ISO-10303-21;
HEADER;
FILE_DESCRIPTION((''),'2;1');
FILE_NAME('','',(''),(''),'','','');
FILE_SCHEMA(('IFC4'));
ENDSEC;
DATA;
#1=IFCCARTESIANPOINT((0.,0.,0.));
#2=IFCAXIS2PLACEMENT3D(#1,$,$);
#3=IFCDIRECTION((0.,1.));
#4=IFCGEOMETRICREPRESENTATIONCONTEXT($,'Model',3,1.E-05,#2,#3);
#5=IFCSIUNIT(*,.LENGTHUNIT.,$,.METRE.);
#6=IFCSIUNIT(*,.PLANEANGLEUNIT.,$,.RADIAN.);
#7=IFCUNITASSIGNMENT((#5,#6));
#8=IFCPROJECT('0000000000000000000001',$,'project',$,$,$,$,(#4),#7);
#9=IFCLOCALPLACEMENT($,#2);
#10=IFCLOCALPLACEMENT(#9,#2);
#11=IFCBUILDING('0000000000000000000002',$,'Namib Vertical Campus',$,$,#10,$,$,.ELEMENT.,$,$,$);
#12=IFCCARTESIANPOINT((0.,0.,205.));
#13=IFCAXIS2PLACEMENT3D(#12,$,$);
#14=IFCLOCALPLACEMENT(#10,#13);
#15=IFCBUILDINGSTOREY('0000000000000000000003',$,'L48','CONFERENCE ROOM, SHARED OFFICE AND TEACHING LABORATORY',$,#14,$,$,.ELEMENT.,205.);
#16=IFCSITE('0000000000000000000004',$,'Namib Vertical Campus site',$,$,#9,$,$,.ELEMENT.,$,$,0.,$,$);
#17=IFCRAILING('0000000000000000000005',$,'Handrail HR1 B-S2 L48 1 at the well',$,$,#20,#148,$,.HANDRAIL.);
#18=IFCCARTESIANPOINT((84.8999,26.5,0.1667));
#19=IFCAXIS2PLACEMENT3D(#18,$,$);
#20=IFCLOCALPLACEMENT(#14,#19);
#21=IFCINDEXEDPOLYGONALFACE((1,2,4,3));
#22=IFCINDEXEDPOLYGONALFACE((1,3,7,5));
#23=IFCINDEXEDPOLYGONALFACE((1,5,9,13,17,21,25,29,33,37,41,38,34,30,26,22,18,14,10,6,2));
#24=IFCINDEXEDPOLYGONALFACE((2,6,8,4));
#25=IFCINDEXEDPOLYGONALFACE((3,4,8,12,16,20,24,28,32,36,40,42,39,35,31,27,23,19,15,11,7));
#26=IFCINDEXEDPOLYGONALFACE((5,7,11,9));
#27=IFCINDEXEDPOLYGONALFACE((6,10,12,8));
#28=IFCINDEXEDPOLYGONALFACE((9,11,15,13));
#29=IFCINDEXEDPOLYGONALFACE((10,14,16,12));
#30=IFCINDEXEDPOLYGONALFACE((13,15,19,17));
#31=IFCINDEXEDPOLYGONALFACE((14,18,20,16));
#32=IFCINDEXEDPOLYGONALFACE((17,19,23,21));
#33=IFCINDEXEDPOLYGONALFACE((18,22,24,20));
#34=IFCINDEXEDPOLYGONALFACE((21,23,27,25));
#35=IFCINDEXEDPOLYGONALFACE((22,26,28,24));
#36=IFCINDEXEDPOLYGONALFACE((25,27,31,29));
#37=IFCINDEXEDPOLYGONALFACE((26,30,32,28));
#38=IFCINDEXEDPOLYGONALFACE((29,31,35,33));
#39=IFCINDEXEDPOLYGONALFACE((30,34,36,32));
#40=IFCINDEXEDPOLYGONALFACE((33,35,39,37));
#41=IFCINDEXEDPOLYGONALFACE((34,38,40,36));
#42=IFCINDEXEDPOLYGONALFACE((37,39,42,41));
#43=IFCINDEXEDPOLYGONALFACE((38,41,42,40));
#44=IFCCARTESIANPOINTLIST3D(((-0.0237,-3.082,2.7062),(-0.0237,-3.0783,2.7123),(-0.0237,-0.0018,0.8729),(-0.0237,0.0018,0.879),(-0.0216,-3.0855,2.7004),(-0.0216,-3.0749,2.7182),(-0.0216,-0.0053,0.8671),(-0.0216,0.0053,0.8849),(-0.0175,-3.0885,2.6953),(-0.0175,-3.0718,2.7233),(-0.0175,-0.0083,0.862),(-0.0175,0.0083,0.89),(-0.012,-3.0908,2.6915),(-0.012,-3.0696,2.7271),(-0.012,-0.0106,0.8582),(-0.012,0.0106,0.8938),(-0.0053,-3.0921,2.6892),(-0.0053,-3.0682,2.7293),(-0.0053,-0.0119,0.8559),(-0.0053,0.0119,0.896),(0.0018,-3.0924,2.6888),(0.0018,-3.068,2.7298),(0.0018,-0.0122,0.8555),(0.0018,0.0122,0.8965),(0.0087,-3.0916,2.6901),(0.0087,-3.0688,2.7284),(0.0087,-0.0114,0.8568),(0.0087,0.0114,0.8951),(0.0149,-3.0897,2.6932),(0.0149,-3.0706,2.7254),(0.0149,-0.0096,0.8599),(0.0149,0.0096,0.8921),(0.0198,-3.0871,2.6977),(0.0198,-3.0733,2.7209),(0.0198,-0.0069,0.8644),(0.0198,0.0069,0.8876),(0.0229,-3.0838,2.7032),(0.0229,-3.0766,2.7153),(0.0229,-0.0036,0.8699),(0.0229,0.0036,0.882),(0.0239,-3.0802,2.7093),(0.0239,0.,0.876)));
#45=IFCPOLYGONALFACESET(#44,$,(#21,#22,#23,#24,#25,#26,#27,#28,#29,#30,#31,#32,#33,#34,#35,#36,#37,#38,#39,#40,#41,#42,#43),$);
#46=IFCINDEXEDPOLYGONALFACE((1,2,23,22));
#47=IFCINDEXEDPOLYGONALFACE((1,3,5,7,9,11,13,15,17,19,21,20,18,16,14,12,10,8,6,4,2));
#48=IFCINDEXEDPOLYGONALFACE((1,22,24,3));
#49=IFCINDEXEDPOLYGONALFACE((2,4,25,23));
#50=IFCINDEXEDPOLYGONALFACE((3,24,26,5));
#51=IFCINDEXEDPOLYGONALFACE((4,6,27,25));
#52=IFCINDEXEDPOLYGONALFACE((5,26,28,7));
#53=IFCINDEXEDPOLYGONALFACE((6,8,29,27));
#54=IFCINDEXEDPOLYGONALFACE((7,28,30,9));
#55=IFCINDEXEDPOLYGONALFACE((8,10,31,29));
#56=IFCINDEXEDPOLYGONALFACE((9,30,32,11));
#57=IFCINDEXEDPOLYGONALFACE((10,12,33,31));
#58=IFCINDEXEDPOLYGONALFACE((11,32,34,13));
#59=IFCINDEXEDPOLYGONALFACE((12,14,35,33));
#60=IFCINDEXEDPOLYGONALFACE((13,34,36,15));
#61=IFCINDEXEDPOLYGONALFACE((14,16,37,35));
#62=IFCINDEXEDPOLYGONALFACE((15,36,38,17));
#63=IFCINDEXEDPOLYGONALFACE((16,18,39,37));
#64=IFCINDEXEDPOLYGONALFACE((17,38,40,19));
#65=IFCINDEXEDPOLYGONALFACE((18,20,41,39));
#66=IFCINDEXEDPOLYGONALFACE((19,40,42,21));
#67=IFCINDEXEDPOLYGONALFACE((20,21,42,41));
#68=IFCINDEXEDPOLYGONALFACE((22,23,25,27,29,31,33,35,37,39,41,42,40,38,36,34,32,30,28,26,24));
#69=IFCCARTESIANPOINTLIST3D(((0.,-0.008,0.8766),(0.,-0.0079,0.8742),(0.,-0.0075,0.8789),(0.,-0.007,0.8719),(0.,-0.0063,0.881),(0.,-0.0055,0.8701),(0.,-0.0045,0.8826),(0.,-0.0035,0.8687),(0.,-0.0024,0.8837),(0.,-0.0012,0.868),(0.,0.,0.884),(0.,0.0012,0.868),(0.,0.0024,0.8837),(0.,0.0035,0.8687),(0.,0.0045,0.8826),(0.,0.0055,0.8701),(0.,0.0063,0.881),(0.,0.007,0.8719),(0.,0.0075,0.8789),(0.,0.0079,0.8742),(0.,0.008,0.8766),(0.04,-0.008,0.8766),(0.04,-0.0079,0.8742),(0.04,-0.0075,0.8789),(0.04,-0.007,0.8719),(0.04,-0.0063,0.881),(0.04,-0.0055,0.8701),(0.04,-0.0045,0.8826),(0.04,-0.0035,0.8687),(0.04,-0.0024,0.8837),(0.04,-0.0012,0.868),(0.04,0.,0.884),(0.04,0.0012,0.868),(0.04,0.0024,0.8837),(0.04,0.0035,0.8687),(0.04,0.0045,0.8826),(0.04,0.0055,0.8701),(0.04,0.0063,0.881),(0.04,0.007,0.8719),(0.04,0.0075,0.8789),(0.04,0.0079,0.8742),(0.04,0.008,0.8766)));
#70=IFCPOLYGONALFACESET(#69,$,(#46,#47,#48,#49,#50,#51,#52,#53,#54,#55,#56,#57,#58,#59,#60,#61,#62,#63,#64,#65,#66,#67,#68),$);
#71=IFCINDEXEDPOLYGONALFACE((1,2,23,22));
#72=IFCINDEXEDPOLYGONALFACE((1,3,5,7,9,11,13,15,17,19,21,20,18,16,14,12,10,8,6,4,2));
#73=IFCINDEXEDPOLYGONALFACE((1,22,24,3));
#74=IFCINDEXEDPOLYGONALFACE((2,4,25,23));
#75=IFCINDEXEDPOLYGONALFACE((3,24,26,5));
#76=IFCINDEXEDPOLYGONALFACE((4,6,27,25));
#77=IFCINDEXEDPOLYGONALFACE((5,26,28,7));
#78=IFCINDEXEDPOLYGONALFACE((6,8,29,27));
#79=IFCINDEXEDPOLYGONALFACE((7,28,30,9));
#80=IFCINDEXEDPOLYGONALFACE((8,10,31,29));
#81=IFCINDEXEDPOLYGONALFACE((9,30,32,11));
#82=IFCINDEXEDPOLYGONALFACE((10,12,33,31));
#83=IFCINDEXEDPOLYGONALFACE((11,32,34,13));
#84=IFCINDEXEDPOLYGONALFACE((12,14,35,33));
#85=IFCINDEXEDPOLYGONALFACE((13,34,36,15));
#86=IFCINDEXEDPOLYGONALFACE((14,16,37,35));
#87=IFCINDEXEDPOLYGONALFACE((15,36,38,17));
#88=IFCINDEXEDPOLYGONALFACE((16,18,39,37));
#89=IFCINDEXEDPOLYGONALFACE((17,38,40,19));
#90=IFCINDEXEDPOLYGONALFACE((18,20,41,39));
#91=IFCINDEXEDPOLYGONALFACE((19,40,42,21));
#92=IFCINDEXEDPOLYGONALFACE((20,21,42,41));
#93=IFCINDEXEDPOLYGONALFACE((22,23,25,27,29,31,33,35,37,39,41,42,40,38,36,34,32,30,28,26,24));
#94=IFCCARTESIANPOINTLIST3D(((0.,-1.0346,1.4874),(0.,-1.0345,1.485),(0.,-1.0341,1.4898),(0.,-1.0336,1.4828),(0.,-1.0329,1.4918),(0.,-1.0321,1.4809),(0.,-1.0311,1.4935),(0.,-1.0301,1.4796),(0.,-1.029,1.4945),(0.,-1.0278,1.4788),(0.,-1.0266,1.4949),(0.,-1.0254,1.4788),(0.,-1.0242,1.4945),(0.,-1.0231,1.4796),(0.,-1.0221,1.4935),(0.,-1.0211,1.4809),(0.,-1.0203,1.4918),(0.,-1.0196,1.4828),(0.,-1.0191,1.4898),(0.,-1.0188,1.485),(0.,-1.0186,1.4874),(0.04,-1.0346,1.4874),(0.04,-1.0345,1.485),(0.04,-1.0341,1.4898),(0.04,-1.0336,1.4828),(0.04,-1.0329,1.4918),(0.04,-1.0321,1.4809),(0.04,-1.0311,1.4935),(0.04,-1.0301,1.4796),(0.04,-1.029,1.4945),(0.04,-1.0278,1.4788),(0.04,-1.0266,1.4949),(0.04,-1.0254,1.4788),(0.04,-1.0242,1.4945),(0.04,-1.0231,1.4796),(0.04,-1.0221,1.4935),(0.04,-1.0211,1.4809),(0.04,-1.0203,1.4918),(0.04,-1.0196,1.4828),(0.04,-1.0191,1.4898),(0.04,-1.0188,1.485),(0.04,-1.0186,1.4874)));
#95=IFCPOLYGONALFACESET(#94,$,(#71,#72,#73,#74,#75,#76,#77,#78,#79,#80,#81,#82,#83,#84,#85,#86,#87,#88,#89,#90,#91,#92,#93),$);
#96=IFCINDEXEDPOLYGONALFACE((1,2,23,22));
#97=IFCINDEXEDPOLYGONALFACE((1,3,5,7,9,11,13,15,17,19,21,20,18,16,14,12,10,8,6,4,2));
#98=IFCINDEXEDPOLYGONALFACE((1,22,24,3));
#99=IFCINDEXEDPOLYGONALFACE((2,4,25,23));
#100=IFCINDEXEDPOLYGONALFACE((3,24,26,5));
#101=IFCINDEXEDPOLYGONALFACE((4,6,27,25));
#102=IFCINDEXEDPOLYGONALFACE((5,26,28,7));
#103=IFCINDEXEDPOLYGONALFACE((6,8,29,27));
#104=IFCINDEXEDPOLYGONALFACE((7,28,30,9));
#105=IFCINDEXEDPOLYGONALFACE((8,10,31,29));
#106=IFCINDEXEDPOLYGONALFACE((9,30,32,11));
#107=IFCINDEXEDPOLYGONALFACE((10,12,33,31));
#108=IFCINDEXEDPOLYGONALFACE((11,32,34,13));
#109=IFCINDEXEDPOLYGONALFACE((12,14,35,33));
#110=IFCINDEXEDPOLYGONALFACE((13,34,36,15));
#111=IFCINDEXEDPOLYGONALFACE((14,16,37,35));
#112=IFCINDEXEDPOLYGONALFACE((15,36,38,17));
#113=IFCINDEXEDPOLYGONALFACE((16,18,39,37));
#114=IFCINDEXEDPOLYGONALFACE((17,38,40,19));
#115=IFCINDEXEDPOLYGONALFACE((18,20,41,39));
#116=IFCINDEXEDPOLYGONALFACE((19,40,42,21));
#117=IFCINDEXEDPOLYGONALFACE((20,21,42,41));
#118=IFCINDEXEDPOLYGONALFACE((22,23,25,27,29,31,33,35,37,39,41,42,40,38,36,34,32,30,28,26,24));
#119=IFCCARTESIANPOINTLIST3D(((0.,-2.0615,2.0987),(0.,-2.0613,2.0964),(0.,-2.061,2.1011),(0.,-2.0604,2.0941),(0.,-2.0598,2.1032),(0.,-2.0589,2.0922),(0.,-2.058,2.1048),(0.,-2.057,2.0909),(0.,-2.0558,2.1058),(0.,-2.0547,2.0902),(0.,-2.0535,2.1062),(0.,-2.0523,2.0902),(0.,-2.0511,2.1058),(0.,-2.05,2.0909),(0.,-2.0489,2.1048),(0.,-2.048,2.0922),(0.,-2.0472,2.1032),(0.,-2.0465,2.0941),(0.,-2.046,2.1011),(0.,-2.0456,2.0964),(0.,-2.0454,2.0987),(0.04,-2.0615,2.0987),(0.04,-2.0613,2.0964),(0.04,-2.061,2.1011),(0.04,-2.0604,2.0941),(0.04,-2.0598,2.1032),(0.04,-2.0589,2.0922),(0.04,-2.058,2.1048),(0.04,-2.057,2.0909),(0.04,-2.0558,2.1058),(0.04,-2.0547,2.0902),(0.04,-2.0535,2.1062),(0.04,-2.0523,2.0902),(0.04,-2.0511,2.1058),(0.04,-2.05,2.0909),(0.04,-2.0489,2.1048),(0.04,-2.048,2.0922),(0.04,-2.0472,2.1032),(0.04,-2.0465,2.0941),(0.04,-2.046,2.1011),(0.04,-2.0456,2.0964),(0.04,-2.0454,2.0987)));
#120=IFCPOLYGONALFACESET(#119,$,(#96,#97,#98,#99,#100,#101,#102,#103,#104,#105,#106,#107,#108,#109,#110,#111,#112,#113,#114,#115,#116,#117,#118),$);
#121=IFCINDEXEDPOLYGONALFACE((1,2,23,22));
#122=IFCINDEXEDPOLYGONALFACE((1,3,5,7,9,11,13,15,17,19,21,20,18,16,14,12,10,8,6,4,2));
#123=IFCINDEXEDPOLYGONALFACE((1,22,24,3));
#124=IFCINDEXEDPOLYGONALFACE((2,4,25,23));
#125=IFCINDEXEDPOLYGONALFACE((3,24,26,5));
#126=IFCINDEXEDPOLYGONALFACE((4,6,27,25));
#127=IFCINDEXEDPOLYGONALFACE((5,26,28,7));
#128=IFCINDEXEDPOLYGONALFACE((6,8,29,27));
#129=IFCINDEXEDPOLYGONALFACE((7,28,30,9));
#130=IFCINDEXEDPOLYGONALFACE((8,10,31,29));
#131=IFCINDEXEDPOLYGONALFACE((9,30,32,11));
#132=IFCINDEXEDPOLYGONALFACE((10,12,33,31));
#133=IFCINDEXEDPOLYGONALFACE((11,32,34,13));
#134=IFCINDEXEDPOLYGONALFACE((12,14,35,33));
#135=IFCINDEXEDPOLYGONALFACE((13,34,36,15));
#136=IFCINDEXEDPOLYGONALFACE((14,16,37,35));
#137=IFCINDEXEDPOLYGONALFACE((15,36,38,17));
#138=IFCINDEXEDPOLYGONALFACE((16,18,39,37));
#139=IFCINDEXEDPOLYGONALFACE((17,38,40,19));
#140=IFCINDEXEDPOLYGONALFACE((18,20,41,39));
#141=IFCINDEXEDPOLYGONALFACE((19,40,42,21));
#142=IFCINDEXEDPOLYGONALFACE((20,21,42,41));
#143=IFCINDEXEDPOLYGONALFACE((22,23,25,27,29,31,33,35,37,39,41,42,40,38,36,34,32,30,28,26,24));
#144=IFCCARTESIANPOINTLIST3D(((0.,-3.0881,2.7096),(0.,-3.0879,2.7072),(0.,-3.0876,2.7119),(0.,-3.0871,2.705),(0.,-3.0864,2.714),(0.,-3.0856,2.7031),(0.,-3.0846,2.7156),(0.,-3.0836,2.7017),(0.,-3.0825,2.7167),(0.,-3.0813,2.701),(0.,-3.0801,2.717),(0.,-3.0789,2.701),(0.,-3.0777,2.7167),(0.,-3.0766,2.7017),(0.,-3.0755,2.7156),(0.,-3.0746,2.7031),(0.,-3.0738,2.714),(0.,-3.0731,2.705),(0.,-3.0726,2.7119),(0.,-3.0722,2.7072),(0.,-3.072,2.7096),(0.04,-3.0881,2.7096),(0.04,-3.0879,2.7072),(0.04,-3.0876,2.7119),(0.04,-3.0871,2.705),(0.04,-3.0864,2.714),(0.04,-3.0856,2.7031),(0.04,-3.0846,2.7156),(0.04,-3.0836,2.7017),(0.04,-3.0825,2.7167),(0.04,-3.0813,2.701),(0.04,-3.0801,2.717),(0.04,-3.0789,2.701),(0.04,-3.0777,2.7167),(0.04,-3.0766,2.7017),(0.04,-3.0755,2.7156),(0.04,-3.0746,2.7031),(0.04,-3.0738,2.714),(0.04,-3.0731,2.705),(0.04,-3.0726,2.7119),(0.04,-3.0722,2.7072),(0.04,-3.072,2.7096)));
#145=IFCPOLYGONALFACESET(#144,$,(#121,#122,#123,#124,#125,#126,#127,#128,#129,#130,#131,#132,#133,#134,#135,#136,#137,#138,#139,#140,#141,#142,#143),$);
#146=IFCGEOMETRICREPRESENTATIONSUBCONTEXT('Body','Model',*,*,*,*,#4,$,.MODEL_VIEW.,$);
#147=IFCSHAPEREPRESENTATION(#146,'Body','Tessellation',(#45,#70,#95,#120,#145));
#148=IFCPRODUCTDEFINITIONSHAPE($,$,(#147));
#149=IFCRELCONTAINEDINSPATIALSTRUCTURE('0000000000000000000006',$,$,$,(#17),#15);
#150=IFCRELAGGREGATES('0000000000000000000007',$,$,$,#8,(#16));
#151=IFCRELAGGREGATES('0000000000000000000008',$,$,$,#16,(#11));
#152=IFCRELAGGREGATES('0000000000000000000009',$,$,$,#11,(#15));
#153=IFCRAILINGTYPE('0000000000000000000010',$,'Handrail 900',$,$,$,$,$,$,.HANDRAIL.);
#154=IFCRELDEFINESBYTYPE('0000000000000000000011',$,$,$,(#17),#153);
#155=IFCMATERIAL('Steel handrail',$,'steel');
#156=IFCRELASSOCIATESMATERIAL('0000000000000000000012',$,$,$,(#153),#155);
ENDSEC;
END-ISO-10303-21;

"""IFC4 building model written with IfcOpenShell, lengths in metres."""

from ifc_helpers import new_model, si_unit, direction, frame, origin, origin_2d, place, context, subcontext, project, spatial, circle, extrude, material, type_object, element, save


model = new_model("IFC4")

# Units and contexts
model_context = context("Model", 3, precision=1e-05, world=origin(), true_north=direction((0.0, 1.0)))
body_context = subcontext(model_context, "Body", "Model", "MODEL_VIEW")
ifc_project = project(units=[si_unit("LENGTHUNIT", "METRE"), si_unit("PLANEANGLEUNIT", "RADIAN")], contexts=[model_context])

# Site, building, storey
site_placement = place(None, origin())
site = spatial("IfcSite", under=ifc_project, at=site_placement, Name="Namib Vertical Campus site", CompositionType="ELEMENT", RefElevation=0.0)
building_placement = place(site_placement, origin())
building = spatial("IfcBuilding", under=site, at=building_placement, Name="Namib Vertical Campus", CompositionType="ELEMENT")
storey_placement = place(building_placement, frame((0.0, 0.0, 205.0)))
storey = spatial("IfcBuildingStorey", under=building, at=storey_placement, Name="L48", Description="CONFERENCE ROOM, SHARED OFFICE AND TEACHING LABORATORY", CompositionType="ELEMENT", Elevation=205.0)

# Railing
ifc_material_1 = material(Name="Steel handrail", Category="steel")
railing_type_1 = type_object("IfcRailingType", Name="Handrail 900", PredefinedType="HANDRAIL", material=ifc_material_1)
railing_1_placement = place(storey_placement, frame((84.8999, 26.5, 0.1667)))
element("IfcRailing", 1, at=railing_1_placement, inside=storey, type_object=railing_type_1, Name="Handrail HR1 B-S2 L48 1 at the well", PredefinedType="HANDRAIL", context=body_context, shape_type="SweptSolid", body=[
    extrude(circle(Radius=0.0239, at=origin_2d()), frame((0.0, 0.0, 0.876), z_axis=(0.0, -0.859309, 0.511458), x_axis=(1.0, 0.0, 0.0)), (0.0, 0.0, 1.0), 3.5845),
    extrude(circle(Radius=0.0081, at=origin_2d()), frame((0.0, 0.0, 0.876), z_axis=(1.0, 0.0, 0.0), x_axis=(0.0, 0.0, 1.0)), (0.0, 0.0, 1.0), 0.04),
    extrude(circle(Radius=0.0081, at=origin_2d()), frame((0.0, -1.0266, 1.4868), z_axis=(1.0, 0.0, 0.0), x_axis=(0.0, 0.0, 1.0)), (0.0, 0.0, 1.0), 0.04),
    extrude(circle(Radius=0.0081, at=origin_2d()), frame((0.0, -2.0535, 2.0981), z_axis=(1.0, 0.0, 0.0), x_axis=(0.0, 0.0, 1.0)), (0.0, 0.0, 1.0), 0.04),
    extrude(circle(Radius=0.0081, at=origin_2d()), frame((0.0, -3.0801, 2.709), z_axis=(1.0, 0.0, 0.0), x_axis=(0.0, 0.0, 1.0)), (0.0, 0.0, 1.0), 0.04),
])

save(model, "model.ifc")
